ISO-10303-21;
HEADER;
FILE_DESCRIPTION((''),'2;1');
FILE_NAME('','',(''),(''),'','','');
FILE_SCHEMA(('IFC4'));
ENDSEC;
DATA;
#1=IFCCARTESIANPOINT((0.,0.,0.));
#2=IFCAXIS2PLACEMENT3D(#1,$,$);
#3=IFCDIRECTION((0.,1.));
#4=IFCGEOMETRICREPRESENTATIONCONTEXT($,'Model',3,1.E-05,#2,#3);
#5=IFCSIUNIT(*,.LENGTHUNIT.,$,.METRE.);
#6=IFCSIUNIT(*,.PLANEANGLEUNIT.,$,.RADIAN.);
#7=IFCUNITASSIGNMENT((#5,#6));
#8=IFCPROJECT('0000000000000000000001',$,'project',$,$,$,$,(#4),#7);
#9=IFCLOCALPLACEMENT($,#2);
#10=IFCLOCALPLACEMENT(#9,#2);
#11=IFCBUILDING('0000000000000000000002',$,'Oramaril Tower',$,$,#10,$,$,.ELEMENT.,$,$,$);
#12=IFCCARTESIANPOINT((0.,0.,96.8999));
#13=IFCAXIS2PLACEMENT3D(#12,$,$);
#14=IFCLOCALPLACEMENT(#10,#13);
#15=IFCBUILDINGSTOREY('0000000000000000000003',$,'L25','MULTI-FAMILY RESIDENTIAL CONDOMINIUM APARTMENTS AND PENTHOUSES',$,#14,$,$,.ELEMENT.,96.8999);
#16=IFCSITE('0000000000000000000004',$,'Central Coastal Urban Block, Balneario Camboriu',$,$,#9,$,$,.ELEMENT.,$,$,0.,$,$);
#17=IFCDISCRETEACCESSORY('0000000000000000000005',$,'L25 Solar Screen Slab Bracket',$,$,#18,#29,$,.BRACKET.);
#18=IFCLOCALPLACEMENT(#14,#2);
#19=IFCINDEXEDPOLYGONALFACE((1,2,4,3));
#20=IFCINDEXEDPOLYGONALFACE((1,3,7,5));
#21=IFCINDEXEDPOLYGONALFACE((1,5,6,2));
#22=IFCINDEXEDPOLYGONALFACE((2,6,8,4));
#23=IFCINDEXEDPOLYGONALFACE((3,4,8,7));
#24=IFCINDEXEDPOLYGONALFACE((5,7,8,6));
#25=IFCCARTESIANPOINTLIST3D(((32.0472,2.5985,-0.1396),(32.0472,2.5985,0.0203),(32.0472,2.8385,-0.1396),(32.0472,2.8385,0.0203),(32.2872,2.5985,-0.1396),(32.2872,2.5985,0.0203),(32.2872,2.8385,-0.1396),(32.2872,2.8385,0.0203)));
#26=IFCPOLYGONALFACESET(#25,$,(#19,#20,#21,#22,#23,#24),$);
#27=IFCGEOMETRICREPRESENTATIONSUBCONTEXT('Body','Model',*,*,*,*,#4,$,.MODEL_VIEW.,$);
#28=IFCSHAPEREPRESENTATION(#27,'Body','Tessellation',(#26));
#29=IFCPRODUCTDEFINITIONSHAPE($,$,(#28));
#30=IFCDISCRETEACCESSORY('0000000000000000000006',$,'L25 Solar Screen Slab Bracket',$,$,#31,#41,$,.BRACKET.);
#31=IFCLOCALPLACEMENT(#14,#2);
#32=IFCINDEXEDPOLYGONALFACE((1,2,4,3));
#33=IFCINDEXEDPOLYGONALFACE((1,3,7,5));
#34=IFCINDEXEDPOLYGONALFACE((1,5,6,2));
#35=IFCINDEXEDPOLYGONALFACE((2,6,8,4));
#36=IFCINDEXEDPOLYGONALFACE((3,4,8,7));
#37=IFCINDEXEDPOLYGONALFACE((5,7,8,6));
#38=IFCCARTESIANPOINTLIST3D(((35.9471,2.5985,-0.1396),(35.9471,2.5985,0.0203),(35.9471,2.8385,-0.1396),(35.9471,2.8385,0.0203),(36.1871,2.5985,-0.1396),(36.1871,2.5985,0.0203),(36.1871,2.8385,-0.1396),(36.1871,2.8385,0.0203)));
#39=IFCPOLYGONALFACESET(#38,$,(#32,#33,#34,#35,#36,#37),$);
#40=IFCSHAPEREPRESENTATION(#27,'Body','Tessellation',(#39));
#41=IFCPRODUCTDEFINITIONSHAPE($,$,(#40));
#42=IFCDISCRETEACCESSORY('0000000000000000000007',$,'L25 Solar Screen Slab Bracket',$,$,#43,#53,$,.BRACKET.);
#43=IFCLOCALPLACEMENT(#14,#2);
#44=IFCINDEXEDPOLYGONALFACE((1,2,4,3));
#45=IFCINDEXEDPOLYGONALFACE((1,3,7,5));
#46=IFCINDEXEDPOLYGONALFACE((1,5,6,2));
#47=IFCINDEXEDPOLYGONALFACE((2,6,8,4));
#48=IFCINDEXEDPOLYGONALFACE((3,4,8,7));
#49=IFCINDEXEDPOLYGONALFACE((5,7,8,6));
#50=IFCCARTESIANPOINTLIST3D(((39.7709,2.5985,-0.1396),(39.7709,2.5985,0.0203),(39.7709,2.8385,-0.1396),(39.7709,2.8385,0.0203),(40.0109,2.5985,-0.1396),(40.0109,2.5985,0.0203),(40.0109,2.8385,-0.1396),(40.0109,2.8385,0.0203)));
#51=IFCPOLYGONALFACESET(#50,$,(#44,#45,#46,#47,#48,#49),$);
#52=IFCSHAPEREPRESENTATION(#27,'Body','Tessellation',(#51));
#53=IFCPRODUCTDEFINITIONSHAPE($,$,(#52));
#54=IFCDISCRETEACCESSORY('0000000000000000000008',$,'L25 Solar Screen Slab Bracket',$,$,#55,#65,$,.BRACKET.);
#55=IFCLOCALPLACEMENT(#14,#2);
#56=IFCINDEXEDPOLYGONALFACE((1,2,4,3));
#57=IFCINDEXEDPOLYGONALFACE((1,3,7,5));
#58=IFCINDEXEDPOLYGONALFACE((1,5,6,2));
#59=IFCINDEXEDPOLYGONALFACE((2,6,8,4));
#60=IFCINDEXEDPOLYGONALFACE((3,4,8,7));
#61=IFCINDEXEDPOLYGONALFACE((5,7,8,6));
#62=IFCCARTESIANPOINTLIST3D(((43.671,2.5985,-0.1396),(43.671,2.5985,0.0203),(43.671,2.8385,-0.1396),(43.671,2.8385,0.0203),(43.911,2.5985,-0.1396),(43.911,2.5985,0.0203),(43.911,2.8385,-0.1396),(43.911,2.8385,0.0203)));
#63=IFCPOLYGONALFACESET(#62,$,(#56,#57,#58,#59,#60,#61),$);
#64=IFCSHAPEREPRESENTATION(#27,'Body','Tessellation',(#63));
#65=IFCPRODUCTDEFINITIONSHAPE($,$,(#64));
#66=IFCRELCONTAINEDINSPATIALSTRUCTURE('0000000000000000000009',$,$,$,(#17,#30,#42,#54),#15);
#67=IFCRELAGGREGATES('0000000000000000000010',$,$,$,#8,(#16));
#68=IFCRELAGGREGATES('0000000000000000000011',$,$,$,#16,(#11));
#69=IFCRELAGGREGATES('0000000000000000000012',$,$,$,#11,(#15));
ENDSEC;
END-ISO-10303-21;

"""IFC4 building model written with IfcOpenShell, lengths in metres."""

from ifc_helpers import new_model, si_unit, direction, frame, origin, origin_2d, place, context, subcontext, project, spatial, rectangle, extrude, element, save


model = new_model("IFC4")

# Units and contexts
model_context = context("Model", 3, precision=1e-05, world=origin(), true_north=direction((0.0, 1.0)))
body_context = subcontext(model_context, "Body", "Model", "MODEL_VIEW")
ifc_project = project(units=[si_unit("LENGTHUNIT", "METRE"), si_unit("PLANEANGLEUNIT", "RADIAN")], contexts=[model_context])

# Site, building, storey
site_placement = place(None, origin())
site = spatial("IfcSite", under=ifc_project, at=site_placement, Name="Central Coastal Urban Block, Balneario Camboriu", CompositionType="ELEMENT", RefElevation=0.0)
building_placement = place(site_placement, origin())
building = spatial("IfcBuilding", under=site, at=building_placement, Name="Oramaril Tower", CompositionType="ELEMENT")
storey_placement = place(building_placement, frame((0.0, 0.0, 96.8999)))
storey = spatial("IfcBuildingStorey", under=building, at=storey_placement, Name="L25", Description="MULTI-FAMILY RESIDENTIAL CONDOMINIUM APARTMENTS AND PENTHOUSES", CompositionType="ELEMENT", Elevation=96.8999)

# Discrete accessories
for number, where, z_axis, x_axis, name in (
    (1, (32.1672, 2.7185, -0.1396), (0.0, 0.0, 1.0), (1.0, 0.0, 0.0), "L25 Solar Screen Slab Bracket"),
    (2, (36.0671, 2.7185, -0.1396), (0.0, 0.0, 1.0), (1.0, 0.0, 0.0), "L25 Solar Screen Slab Bracket"),
    (3, (39.8909, 2.7185, -0.1396), (0.0, 0.0, 1.0), (1.0, 0.0, 0.0), "L25 Solar Screen Slab Bracket"),
    (4, (43.791, 2.7185, -0.1396), (0.0, 0.0, 1.0), (1.0, 0.0, 0.0), "L25 Solar Screen Slab Bracket"),
):
    element("IfcDiscreteAccessory", number, at=place(storey_placement, frame(where, z_axis=z_axis, x_axis=x_axis)), inside=storey, Name=name, PredefinedType="BRACKET", context=body_context, shape_type="SweptSolid", body=[
        extrude(rectangle(XDim=0.24, YDim=0.24, at=origin_2d()), origin(), (0.0, 0.0, 1.0), 0.1599),
    ])

save(model, "model.ifc")
